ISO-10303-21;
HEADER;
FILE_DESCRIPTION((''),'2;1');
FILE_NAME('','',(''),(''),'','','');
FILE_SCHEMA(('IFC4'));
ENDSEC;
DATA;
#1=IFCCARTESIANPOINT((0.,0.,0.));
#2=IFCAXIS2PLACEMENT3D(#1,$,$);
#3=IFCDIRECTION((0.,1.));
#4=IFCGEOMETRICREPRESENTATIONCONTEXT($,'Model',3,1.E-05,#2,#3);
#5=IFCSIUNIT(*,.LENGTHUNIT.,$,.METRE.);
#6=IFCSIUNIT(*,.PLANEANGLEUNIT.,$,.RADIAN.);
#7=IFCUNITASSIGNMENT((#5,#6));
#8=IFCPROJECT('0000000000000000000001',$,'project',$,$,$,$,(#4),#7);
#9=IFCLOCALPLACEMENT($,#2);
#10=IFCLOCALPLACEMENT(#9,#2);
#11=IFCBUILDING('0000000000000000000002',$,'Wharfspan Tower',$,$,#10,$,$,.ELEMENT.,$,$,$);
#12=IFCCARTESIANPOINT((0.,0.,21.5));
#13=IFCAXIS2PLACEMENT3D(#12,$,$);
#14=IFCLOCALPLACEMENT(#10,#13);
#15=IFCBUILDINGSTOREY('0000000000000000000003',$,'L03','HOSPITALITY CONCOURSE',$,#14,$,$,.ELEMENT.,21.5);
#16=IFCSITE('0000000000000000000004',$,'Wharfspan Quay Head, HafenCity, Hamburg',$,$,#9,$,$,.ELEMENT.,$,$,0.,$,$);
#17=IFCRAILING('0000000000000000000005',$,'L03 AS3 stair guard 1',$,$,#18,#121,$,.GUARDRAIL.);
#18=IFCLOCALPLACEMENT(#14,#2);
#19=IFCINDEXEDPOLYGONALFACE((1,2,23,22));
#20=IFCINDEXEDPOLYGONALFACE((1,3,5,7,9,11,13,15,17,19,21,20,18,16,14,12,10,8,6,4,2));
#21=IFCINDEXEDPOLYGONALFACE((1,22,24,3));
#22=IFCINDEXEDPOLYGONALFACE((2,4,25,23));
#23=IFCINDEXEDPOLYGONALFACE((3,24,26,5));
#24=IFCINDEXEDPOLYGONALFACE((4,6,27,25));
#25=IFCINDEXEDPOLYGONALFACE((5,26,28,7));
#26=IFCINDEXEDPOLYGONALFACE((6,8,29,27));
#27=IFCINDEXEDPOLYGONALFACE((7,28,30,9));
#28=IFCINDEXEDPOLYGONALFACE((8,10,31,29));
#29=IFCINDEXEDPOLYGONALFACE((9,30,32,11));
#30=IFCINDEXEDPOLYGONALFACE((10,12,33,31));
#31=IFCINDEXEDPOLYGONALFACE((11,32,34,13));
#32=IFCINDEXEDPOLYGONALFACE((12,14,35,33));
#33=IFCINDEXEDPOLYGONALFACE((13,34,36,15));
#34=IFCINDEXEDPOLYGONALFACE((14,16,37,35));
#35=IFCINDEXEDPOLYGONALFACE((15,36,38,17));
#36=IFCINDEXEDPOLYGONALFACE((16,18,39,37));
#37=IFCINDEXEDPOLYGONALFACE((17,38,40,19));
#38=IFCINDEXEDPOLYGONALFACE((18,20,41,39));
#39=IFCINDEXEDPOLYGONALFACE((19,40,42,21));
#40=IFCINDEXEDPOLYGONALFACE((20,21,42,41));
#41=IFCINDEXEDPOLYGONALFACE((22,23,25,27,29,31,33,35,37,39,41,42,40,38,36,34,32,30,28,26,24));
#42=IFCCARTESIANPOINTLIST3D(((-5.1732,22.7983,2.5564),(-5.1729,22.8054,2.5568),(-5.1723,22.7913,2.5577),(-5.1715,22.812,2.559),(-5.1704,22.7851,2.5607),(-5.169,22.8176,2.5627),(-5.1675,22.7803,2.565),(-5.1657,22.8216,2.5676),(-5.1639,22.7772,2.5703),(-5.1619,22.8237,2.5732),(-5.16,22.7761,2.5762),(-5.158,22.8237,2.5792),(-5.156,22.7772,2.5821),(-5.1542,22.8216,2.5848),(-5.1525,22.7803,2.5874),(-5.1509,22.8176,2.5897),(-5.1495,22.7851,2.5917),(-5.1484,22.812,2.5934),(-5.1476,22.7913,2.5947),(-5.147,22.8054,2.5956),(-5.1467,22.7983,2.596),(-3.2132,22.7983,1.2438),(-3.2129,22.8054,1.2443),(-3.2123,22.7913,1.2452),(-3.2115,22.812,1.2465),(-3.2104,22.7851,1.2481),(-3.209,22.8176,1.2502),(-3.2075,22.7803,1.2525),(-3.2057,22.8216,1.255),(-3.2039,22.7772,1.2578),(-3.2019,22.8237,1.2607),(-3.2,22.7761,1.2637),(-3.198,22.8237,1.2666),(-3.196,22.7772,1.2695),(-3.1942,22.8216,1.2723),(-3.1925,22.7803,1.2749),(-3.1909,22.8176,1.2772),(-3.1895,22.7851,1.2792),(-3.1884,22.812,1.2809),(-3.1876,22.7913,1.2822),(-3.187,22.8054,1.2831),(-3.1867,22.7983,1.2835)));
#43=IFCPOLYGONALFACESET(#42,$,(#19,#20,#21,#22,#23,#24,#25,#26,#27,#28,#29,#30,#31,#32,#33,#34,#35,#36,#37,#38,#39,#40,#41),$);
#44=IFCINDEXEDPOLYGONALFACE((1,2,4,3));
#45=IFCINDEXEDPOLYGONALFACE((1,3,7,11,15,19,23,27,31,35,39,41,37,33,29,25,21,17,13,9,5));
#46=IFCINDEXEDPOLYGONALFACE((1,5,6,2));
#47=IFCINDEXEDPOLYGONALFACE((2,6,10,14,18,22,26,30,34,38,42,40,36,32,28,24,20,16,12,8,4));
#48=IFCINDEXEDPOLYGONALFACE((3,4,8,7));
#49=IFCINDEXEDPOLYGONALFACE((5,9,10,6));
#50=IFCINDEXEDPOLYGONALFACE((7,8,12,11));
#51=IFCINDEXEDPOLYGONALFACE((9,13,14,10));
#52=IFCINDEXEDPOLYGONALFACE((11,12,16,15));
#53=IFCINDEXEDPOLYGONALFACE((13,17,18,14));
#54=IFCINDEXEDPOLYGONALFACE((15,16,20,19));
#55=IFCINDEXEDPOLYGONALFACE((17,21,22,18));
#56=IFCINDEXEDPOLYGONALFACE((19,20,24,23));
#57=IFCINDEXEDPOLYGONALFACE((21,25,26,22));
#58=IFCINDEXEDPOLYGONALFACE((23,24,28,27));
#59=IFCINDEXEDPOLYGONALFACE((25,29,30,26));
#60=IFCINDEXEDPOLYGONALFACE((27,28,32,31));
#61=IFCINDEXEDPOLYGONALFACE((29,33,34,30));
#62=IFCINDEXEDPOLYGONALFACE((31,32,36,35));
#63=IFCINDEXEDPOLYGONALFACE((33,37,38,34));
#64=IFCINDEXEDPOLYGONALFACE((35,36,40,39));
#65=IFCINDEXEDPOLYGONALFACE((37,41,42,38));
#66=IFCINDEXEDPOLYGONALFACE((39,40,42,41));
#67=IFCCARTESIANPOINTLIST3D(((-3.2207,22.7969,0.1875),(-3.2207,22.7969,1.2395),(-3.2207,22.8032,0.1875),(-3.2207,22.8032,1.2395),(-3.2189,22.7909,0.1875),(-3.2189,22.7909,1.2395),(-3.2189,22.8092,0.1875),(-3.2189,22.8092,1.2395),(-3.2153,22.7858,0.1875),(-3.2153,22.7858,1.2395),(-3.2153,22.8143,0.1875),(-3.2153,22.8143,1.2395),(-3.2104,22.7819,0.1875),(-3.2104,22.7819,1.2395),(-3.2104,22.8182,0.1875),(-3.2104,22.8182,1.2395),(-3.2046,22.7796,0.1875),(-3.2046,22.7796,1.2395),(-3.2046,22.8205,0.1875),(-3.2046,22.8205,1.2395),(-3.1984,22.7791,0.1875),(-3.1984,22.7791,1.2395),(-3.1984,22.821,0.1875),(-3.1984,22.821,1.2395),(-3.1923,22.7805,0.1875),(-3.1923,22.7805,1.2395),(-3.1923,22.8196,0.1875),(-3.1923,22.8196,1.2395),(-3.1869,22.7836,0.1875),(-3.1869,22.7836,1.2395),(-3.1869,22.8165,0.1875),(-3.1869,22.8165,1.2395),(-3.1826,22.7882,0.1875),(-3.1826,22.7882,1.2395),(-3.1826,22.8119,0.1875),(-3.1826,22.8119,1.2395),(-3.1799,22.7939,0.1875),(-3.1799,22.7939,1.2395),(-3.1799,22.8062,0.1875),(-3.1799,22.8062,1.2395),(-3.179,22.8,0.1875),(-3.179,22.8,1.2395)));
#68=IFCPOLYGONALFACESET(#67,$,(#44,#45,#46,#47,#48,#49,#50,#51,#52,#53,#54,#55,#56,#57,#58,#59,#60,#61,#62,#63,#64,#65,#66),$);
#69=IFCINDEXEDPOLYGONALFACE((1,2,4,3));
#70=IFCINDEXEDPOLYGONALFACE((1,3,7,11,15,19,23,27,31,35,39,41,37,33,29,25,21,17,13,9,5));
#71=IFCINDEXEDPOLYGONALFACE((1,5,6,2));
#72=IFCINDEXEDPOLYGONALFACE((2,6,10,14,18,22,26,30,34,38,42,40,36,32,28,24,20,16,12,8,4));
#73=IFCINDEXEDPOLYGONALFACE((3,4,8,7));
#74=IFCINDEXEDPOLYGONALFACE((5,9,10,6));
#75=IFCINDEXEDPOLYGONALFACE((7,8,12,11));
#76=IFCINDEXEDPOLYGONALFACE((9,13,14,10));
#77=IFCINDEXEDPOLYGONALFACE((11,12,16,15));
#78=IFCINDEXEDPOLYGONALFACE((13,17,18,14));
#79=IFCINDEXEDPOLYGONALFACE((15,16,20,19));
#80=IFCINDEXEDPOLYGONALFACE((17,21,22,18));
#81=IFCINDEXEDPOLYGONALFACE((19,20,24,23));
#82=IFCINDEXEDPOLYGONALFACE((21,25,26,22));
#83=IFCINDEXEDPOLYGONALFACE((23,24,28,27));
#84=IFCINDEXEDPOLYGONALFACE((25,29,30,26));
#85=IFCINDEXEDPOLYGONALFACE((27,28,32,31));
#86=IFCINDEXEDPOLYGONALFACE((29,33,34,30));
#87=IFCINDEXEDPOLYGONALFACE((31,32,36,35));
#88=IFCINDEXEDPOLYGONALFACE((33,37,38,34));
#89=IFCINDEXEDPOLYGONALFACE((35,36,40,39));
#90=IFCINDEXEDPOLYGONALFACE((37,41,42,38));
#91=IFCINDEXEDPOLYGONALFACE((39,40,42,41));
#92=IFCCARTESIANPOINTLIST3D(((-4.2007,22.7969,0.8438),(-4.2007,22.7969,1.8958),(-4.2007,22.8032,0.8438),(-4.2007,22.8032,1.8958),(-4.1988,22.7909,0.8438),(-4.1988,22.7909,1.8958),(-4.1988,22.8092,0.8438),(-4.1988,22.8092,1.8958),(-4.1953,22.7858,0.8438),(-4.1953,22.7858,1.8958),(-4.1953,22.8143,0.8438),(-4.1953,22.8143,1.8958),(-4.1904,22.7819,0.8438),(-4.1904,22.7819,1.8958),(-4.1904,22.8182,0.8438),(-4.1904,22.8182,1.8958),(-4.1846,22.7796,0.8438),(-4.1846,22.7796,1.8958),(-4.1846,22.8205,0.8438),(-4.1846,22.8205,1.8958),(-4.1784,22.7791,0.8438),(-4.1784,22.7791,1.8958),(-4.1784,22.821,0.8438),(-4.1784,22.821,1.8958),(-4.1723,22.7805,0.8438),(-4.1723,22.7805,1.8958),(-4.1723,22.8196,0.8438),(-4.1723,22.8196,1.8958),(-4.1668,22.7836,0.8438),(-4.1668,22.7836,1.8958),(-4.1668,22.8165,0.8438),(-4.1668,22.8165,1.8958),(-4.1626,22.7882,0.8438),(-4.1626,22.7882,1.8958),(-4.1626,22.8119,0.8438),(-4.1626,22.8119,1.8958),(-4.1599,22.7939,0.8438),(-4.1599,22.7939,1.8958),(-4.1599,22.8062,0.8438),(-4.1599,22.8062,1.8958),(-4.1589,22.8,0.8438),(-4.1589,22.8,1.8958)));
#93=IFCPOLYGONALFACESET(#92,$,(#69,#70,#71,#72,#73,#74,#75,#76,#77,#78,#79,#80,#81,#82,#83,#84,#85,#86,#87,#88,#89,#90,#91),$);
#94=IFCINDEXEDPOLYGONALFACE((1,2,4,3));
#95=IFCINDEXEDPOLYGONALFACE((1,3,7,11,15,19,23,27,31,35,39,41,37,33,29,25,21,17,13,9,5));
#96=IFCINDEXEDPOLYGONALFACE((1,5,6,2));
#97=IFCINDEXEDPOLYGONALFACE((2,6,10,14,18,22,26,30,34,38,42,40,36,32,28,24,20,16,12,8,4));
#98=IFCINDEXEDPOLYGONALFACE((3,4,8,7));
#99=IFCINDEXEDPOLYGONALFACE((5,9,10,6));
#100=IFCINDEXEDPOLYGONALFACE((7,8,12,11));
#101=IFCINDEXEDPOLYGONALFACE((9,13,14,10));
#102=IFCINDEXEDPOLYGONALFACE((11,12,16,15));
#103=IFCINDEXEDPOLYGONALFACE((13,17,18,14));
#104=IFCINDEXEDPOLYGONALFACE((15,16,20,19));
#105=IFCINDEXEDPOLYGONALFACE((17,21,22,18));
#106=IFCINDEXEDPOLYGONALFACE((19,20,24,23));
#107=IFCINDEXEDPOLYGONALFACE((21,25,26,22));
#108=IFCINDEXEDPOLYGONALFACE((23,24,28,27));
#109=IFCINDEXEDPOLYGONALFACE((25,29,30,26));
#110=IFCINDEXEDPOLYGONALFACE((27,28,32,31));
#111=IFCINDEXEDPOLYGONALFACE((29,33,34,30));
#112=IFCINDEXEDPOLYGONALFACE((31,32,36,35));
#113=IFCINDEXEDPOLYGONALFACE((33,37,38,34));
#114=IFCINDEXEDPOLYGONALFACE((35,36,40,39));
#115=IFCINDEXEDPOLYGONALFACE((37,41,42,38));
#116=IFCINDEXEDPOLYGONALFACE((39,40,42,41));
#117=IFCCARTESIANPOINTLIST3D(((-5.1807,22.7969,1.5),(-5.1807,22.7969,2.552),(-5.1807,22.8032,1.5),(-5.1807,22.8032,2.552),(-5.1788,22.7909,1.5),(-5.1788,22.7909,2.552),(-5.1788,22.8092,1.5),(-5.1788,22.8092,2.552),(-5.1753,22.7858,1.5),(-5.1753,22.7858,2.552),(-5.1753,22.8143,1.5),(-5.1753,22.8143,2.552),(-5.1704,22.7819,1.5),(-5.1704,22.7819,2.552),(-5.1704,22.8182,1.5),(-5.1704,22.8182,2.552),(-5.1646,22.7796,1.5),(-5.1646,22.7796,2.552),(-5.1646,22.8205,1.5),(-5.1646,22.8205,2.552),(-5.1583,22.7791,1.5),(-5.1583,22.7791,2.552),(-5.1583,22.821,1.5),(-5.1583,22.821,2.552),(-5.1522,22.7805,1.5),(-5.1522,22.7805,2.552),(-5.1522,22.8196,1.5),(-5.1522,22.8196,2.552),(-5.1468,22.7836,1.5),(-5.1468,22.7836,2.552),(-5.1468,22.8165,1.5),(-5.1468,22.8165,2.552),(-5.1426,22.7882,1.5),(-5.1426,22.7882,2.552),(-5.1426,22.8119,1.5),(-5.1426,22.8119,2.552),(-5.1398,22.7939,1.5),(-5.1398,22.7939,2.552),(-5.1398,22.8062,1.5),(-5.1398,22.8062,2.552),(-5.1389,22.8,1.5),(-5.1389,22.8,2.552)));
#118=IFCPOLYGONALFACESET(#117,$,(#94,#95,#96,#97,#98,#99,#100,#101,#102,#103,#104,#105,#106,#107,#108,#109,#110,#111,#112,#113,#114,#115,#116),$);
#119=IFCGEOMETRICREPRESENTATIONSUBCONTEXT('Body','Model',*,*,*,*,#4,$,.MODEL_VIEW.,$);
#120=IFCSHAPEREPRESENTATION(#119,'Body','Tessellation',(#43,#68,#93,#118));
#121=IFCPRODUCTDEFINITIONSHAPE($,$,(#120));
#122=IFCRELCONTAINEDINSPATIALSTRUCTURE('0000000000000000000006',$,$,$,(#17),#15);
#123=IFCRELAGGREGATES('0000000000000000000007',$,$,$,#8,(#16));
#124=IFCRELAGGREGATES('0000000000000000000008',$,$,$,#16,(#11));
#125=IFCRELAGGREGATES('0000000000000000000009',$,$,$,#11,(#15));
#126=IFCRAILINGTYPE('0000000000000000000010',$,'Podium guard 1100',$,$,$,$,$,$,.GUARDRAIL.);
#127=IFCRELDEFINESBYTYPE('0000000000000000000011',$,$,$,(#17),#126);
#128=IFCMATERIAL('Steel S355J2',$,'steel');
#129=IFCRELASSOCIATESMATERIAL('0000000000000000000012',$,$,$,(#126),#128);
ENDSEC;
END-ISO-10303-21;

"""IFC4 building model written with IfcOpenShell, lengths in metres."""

from ifc_helpers import new_model, si_unit, direction, frame, origin, origin_2d, place, context, subcontext, project, spatial, circle, extrude, material, type_object, element, save


model = new_model("IFC4")

# Units and contexts
model_context = context("Model", 3, precision=1e-05, world=origin(), true_north=direction((0.0, 1.0)))
body_context = subcontext(model_context, "Body", "Model", "MODEL_VIEW")
ifc_project = project(units=[si_unit("LENGTHUNIT", "METRE"), si_unit("PLANEANGLEUNIT", "RADIAN")], contexts=[model_context])

# Site, building, storey
site_placement = place(None, origin())
site = spatial("IfcSite", under=ifc_project, at=site_placement, Name="Wharfspan Quay Head, HafenCity, Hamburg", CompositionType="ELEMENT", RefElevation=0.0)
building_placement = place(site_placement, origin())
building = spatial("IfcBuilding", under=site, at=building_placement, Name="Wharfspan Tower", CompositionType="ELEMENT")
storey_placement = place(building_placement, frame((0.0, 0.0, 21.5)))
storey = spatial("IfcBuildingStorey", under=building, at=storey_placement, Name="L03", Description="HOSPITALITY CONCOURSE", CompositionType="ELEMENT", Elevation=21.5)

# Railing
ifc_material_1 = material(Name="Steel S355J2", Category="steel")
railing_type_1 = type_object("IfcRailingType", Name="Podium guard 1100", PredefinedType="GUARDRAIL", material=ifc_material_1)
railing_1_placement = place(storey_placement, frame((-3.2, 22.8, 0.1875)))
element("IfcRailing", 1, at=railing_1_placement, inside=storey, type_object=railing_type_1, Name="L03 AS3 stair guard 1", PredefinedType="GUARDRAIL", context=body_context, shape_type="SweptSolid", body=[
    extrude(circle(Radius=0.0239, at=origin_2d()), frame((0.0, 0.0, 1.0762), z_axis=(-0.830902, 0.0, 0.556419), x_axis=(0.0, -1.0, 0.0)), (0.0, 0.0, 1.0), 2.3589),
    extrude(circle(Radius=0.021, at=origin_2d()), origin(), (0.0, 0.0, 1.0), 1.052),
    extrude(circle(Radius=0.021, at=origin_2d()), frame((-0.98, 0.0, 0.6562)), (0.0, 0.0, 1.0), 1.052),
    extrude(circle(Radius=0.021, at=origin_2d()), frame((-1.96, 0.0, 1.3125)), (0.0, 0.0, 1.0), 1.052),
])

save(model, "model.ifc")
